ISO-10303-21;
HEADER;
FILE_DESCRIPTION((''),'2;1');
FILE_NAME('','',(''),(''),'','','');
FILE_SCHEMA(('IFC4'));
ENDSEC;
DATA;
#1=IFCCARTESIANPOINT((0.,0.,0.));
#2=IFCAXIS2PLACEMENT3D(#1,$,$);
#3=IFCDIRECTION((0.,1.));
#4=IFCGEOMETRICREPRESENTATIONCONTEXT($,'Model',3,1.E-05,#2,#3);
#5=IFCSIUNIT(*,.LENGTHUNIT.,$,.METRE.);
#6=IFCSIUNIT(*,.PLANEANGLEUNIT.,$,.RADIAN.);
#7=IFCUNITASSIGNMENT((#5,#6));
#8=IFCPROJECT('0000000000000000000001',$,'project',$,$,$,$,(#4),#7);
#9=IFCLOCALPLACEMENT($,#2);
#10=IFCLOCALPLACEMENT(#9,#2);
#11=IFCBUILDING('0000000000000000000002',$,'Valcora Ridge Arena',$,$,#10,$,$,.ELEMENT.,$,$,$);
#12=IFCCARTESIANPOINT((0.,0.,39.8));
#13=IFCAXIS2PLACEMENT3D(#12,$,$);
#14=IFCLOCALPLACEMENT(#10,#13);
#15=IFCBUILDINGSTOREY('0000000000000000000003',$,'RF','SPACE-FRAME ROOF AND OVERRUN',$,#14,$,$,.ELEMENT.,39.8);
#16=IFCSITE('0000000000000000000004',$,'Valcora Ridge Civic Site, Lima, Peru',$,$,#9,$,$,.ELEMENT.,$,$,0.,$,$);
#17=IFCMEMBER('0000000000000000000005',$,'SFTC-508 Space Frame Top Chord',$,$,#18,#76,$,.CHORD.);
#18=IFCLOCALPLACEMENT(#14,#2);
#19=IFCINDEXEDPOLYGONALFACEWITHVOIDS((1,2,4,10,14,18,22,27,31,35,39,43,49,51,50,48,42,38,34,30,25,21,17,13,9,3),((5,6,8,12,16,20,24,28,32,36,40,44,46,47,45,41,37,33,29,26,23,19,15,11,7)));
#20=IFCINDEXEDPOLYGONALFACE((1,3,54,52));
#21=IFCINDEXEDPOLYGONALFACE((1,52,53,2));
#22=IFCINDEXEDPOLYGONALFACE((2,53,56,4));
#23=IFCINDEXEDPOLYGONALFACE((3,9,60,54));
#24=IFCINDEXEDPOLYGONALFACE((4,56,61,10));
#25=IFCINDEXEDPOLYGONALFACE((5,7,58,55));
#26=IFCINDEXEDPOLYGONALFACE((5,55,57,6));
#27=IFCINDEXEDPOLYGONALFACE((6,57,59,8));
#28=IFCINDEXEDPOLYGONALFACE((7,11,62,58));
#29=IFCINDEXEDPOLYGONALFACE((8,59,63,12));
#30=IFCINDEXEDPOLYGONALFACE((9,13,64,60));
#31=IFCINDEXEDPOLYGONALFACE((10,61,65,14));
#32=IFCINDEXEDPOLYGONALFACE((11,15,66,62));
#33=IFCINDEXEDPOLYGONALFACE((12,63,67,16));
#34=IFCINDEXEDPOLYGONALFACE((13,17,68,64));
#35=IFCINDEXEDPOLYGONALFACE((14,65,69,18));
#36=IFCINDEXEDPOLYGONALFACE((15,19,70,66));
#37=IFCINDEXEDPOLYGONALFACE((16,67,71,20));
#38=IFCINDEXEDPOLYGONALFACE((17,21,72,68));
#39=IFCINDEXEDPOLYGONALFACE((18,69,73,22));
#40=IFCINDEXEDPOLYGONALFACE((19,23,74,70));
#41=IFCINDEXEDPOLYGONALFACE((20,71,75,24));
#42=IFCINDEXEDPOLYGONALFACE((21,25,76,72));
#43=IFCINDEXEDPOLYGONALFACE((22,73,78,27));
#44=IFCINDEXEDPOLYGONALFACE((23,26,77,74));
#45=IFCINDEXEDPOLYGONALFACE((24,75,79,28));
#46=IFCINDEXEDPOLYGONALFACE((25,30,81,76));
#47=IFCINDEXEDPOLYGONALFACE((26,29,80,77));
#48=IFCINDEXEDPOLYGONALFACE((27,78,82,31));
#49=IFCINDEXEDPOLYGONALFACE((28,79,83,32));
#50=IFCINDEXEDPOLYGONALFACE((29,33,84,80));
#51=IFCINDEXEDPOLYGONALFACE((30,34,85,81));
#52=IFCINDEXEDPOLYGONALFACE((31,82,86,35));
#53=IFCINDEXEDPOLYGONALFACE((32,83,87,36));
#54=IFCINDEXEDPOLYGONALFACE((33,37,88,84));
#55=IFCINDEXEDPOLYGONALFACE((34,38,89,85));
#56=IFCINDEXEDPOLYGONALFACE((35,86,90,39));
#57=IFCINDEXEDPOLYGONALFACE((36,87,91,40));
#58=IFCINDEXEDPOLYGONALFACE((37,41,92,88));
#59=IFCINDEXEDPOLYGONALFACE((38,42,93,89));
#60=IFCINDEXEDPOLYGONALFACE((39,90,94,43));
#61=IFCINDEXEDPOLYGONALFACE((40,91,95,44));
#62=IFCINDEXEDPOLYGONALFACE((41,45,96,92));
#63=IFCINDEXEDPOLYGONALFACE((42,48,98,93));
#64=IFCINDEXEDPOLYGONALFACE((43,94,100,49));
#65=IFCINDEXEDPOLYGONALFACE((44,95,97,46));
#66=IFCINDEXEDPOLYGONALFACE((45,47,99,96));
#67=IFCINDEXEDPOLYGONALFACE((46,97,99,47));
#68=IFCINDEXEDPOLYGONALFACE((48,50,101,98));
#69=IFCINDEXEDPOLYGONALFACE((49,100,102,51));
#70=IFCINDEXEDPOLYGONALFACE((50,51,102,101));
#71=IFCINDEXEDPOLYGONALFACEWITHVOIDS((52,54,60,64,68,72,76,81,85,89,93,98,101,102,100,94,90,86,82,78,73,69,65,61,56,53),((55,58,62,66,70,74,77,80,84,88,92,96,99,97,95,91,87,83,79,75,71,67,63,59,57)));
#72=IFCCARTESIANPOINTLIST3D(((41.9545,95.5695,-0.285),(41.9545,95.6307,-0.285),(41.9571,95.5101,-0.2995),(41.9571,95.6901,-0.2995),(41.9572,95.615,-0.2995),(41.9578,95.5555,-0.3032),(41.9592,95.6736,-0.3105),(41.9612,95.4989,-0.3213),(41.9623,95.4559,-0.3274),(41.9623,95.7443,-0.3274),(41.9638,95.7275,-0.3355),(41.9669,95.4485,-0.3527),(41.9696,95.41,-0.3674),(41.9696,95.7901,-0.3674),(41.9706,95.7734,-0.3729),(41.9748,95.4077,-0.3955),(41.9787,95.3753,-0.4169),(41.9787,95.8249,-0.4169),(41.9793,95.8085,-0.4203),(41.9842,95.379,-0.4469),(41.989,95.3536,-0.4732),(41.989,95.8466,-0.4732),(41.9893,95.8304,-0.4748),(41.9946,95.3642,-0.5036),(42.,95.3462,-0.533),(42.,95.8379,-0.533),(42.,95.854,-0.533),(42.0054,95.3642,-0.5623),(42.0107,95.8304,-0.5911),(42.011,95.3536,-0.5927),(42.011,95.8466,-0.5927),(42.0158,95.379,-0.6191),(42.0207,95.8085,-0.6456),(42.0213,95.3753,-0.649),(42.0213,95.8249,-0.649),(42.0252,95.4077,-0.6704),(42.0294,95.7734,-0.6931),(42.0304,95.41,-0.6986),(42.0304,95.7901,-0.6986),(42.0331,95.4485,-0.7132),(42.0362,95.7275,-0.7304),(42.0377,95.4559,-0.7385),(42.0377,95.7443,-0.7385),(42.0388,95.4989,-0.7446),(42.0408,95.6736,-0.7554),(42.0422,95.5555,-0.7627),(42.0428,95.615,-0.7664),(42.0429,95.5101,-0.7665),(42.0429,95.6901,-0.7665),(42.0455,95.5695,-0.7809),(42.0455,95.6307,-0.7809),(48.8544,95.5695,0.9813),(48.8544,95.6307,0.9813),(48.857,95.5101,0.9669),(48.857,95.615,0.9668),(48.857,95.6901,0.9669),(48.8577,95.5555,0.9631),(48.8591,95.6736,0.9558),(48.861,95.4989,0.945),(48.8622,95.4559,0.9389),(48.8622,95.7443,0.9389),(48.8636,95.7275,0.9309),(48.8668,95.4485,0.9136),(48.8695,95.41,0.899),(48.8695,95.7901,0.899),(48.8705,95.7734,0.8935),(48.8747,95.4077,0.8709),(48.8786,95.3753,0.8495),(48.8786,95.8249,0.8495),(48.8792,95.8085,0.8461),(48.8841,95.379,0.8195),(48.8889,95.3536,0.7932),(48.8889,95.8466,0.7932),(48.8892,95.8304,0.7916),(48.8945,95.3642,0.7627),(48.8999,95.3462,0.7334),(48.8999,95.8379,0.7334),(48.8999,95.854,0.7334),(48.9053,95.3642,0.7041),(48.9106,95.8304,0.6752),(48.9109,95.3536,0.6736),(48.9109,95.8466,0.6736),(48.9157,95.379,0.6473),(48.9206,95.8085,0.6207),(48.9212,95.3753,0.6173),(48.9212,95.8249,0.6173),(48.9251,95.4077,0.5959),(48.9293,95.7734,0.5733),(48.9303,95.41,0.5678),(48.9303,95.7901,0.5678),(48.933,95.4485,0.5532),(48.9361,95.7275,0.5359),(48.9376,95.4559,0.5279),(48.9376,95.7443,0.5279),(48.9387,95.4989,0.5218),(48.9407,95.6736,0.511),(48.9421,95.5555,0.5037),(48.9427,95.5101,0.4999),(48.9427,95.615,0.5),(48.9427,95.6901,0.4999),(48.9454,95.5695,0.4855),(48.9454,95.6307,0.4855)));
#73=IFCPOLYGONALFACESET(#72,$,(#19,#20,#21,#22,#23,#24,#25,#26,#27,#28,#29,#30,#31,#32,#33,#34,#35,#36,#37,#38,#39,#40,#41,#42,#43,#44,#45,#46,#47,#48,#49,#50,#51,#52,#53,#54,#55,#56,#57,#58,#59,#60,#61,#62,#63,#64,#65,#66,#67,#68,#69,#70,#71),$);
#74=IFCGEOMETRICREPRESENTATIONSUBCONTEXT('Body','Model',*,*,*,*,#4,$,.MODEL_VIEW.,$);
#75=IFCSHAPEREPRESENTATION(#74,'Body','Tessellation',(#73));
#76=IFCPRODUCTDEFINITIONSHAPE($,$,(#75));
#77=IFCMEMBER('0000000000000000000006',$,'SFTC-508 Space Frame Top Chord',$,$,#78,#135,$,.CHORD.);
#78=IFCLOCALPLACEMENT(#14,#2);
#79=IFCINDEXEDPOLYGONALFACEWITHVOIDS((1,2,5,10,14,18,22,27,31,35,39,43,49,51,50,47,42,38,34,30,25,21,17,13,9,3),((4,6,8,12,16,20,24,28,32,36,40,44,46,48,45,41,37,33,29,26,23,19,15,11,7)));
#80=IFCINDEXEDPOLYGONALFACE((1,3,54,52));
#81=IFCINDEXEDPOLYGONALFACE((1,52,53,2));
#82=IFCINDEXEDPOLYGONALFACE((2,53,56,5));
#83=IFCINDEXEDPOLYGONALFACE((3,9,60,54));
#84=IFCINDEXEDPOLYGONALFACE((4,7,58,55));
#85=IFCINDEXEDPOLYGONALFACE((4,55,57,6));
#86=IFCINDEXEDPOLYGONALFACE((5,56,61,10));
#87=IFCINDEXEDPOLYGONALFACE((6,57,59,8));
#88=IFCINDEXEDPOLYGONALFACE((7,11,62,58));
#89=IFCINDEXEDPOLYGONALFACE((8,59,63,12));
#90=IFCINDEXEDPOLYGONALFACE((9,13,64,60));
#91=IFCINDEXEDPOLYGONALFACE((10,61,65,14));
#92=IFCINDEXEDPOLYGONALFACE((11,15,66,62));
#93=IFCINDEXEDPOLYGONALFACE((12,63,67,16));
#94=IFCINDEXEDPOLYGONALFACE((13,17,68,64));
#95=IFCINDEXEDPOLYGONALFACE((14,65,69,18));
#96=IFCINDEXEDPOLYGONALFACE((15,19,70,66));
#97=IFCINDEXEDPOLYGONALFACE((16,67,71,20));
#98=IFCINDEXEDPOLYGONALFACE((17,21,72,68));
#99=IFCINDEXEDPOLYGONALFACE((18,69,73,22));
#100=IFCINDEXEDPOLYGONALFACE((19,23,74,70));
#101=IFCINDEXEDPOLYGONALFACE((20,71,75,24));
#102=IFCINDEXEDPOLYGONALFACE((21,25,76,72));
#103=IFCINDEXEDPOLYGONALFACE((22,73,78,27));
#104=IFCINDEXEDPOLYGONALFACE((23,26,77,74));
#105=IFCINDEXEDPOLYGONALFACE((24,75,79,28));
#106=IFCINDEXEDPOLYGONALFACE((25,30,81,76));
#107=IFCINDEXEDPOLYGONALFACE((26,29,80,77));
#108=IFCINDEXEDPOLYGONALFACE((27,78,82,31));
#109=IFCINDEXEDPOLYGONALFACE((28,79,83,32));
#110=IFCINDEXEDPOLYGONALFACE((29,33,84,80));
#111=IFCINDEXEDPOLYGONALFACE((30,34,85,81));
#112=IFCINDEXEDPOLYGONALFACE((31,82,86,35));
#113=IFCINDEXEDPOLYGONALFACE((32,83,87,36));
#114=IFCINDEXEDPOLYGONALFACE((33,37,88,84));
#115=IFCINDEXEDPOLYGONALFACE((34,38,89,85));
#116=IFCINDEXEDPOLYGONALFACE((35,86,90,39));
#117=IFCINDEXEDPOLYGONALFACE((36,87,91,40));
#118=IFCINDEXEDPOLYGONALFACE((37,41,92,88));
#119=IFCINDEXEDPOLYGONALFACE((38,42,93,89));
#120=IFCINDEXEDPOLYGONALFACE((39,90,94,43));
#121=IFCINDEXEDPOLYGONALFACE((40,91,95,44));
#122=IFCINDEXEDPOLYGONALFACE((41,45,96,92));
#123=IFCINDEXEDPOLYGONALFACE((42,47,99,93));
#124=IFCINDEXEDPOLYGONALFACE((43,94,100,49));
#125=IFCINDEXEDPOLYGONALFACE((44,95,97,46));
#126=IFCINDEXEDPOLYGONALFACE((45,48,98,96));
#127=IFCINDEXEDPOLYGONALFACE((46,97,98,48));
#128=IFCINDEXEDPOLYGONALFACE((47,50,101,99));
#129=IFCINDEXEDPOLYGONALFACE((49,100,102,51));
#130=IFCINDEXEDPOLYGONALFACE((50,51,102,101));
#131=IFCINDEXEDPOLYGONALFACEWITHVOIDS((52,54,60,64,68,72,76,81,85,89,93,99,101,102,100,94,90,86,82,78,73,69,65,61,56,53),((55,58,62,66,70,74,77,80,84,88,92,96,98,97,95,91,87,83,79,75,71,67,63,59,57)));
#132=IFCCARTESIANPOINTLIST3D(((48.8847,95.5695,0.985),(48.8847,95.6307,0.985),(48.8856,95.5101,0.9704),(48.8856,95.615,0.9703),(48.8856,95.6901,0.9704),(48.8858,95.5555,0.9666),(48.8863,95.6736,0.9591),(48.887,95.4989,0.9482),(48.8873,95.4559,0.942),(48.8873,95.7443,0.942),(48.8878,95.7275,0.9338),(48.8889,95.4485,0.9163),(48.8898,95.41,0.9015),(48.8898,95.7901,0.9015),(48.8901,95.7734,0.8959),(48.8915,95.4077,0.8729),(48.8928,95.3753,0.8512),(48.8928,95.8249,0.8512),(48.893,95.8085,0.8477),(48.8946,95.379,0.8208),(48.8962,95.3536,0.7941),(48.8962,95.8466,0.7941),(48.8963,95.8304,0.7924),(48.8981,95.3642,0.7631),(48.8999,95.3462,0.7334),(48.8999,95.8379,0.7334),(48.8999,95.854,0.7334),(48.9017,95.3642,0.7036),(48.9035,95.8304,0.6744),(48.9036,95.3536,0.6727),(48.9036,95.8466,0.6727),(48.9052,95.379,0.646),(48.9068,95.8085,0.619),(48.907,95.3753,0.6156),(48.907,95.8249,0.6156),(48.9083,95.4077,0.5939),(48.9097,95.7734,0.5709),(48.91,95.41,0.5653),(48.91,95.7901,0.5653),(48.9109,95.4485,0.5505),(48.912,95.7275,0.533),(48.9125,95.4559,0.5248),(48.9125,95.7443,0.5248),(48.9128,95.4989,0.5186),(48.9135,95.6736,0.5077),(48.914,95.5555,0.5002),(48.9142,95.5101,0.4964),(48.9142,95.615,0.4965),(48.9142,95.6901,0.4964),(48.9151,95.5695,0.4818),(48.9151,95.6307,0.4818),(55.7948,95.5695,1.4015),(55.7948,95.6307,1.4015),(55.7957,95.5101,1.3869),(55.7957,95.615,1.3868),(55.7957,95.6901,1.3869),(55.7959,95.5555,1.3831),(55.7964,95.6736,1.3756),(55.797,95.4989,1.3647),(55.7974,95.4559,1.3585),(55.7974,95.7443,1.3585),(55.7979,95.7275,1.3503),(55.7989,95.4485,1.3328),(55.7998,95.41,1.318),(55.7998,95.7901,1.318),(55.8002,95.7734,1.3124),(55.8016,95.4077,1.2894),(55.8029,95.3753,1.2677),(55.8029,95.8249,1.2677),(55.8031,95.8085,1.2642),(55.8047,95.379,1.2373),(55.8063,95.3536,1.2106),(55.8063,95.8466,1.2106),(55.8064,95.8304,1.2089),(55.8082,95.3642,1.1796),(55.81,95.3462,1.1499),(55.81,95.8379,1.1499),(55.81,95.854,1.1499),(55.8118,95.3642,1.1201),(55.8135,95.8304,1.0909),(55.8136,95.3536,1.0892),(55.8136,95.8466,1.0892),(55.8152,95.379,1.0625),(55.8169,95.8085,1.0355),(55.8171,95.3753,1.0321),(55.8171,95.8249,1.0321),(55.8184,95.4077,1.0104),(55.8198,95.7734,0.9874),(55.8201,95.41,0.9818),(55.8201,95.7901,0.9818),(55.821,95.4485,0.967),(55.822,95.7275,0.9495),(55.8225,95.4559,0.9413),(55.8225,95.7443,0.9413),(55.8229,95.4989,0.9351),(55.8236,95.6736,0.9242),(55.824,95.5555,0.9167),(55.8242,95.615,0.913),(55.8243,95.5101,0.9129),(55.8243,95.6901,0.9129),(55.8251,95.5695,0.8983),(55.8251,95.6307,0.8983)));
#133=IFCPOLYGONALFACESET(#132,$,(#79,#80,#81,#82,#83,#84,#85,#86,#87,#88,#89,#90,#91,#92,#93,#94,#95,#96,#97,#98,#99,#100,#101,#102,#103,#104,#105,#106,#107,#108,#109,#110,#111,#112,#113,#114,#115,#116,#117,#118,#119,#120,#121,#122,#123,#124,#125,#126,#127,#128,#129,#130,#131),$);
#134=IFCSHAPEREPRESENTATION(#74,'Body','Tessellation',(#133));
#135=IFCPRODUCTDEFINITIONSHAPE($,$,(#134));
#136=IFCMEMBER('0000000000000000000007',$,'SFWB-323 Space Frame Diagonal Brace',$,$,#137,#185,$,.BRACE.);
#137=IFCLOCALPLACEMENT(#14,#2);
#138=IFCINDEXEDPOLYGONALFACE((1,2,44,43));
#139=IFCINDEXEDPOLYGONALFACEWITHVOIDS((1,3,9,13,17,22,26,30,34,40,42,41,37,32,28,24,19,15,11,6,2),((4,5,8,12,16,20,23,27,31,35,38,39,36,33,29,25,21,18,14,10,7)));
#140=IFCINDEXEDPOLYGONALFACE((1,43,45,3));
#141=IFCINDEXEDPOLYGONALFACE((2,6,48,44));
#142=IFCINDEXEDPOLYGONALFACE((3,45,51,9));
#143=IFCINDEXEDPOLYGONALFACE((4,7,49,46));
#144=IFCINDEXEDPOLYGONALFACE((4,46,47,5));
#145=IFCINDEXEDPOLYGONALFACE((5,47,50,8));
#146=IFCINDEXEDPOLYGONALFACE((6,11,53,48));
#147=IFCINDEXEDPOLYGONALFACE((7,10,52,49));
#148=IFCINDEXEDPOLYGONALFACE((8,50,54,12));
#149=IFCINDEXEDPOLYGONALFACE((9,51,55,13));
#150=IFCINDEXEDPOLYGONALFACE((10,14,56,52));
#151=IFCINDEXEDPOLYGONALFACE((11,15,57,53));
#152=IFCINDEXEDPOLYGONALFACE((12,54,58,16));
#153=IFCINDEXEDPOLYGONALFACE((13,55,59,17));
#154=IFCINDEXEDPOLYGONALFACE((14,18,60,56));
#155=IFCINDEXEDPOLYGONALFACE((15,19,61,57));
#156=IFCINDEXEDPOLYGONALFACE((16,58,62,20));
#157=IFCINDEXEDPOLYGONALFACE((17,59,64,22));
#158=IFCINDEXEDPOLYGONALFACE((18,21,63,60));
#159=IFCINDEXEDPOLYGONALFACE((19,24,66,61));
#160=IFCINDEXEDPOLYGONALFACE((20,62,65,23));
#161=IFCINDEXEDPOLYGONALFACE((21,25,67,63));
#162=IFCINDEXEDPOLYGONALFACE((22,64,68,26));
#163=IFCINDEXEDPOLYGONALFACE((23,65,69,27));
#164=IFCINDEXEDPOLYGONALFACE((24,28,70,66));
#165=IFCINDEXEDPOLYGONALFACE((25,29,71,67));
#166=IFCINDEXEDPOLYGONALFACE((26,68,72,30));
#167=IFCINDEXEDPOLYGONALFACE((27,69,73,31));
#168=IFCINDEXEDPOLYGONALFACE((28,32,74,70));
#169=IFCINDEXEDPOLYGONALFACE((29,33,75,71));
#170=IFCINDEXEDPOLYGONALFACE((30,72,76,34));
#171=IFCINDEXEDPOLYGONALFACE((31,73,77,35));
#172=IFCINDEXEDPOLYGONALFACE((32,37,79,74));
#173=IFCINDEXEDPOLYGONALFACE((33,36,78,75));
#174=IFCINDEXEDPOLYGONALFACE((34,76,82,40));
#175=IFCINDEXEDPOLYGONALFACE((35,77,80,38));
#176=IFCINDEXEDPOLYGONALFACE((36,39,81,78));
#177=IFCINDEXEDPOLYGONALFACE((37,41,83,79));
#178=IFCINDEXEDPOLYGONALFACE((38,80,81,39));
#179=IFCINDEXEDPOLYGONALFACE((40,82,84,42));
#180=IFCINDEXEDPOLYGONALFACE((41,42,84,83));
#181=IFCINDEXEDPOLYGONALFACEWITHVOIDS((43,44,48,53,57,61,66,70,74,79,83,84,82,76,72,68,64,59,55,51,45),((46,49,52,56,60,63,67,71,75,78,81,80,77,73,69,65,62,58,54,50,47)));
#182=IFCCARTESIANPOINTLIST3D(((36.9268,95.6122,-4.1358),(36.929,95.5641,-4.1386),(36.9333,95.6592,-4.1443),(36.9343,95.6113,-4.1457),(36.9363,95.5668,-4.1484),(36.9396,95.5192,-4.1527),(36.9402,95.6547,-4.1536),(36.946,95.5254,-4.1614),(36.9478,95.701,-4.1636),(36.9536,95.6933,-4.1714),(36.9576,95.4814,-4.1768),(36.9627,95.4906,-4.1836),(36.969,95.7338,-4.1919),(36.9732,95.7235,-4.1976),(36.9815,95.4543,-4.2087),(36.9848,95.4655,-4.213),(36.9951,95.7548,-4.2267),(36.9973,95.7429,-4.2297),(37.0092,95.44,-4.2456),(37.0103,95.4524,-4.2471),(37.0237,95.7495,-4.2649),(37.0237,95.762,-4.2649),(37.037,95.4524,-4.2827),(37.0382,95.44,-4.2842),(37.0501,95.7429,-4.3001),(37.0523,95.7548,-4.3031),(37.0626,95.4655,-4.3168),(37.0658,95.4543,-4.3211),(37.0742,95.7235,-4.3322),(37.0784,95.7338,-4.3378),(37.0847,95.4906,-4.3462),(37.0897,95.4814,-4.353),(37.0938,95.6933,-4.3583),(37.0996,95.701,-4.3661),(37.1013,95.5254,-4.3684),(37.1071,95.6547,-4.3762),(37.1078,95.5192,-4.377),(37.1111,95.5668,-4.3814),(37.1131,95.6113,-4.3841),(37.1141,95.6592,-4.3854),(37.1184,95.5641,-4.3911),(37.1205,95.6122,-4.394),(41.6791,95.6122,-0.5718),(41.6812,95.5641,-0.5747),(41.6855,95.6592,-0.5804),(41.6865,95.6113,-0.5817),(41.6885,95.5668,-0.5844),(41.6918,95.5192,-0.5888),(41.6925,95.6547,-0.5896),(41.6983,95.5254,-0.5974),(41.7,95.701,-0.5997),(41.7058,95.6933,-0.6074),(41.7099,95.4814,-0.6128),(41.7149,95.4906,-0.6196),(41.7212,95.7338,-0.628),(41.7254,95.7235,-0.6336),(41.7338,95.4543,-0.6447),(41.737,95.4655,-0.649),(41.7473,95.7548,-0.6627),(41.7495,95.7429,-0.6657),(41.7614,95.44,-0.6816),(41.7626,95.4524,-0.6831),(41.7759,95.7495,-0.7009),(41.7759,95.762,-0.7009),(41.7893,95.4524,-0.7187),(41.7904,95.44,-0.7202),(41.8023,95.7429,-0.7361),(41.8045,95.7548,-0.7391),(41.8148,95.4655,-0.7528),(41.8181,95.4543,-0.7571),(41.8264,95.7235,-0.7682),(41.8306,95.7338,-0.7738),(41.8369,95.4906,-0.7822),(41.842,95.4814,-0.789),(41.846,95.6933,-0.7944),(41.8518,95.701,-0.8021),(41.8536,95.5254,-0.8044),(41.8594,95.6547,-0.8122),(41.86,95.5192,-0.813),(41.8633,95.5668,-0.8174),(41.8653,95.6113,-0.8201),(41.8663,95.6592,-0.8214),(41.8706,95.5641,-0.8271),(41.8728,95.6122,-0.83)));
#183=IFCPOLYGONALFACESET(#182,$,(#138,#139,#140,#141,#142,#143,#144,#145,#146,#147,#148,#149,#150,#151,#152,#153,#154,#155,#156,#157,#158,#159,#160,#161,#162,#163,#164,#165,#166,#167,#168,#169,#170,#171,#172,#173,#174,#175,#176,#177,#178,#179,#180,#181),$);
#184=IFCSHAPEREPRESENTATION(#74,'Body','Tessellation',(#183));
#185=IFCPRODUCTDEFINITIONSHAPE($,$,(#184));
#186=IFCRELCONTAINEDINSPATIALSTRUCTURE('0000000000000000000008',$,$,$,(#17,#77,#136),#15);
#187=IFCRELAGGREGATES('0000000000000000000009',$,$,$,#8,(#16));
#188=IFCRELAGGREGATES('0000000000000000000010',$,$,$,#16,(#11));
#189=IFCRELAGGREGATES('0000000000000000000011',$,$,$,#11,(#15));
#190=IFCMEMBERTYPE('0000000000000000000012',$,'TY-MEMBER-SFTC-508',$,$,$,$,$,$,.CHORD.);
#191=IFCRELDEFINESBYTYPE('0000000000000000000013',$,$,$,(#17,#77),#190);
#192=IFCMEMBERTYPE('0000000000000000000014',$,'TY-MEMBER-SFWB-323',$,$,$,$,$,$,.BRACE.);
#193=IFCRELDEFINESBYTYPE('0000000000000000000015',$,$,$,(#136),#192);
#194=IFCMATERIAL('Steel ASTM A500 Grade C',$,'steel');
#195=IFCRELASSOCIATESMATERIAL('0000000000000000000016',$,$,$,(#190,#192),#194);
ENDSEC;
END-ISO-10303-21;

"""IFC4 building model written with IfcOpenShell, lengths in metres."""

from ifc_helpers import new_model, si_unit, direction, frame, origin, origin_2d, place, context, subcontext, project, spatial, hollow_circle, extrude, material, material_profile, profile_set, type_object, element, save


model = new_model("IFC4")

# Units and contexts
model_context = context("Model", 3, precision=1e-05, world=origin(), true_north=direction((0.0, 1.0)))
body_context = subcontext(model_context, "Body", "Model", "MODEL_VIEW")
ifc_project = project(units=[si_unit("LENGTHUNIT", "METRE"), si_unit("PLANEANGLEUNIT", "RADIAN")], contexts=[model_context])

# Site, building, storey
site_placement = place(None, origin())
site = spatial("IfcSite", under=ifc_project, at=site_placement, Name="Valcora Ridge Civic Site, Lima, Peru", CompositionType="ELEMENT", RefElevation=0.0)
building_placement = place(site_placement, origin())
building = spatial("IfcBuilding", under=site, at=building_placement, Name="Valcora Ridge Arena", CompositionType="ELEMENT")
storey_placement = place(building_placement, frame((0.0, 0.0, 39.8)))
storey = spatial("IfcBuildingStorey", under=building, at=storey_placement, Name="RF", Description="SPACE-FRAME ROOF AND OVERRUN", CompositionType="ELEMENT", Elevation=39.8)

# Members
ifc_material_1 = material(Name="Steel ASTM A500 Grade C", Category="steel")
ifc_material_profile_1 = material_profile(ifc_material_1, hollow_circle(Radius=0.2539, WallThickness=0.0161, at=origin_2d()), Name="CHS508X16")
ifc_profile_set_1 = profile_set([ifc_material_profile_1], Name="Steel ASTM A500 Grade C")
member_type_1 = type_object("IfcMemberType", Name="TY-MEMBER-SFTC-508", PredefinedType="CHORD", material=ifc_profile_set_1)
member_1_placement = place(storey_placement, frame((42.0, 95.6001, -0.533), z_axis=(0.983572, 0.0, 0.180518), x_axis=(0.0, 1.0, 0.0)))
element("IfcMember", 1, at=member_1_placement, inside=storey, type_object=member_type_1, Name="SFTC-508 Space Frame Top Chord", PredefinedType="CHORD", context=body_context, shape_type="SweptSolid", body=[
    extrude(hollow_circle(Radius=0.2539, WallThickness=0.0161, at=origin_2d()), origin(), (0.0, 0.0, 1.0), 7.0151),
])
member_2_placement = place(storey_placement, frame((48.8999, 95.6001, 0.7334), z_axis=(0.998188, 0.0, 0.060165), x_axis=(0.0, 1.0, 0.0)))
element("IfcMember", 2, at=member_2_placement, inside=storey, type_object=member_type_1, Name="SFTC-508 Space Frame Top Chord", PredefinedType="CHORD", context=body_context, shape_type="SweptSolid", body=[
    extrude(hollow_circle(Radius=0.2539, WallThickness=0.0161, at=origin_2d()), origin(), (0.0, 0.0, 1.0), 6.9226),
])
ifc_material_profile_2 = material_profile(ifc_material_1, hollow_circle(Radius=0.1619, WallThickness=0.0125, at=origin_2d()), Name="CHS323X12")
ifc_profile_set_2 = profile_set([ifc_material_profile_2], Name="Steel ASTM A500 Grade C")
member_type_2 = type_object("IfcMemberType", Name="TY-MEMBER-SFWB-323", PredefinedType="BRACE", material=ifc_profile_set_2)
member_3_placement = place(storey_placement, frame((37.0237, 95.6001, -4.2649), z_axis=(0.800015, 0.0, 0.59998), x_axis=(0.0, 1.0, 0.0)))
element("IfcMember", 3, at=member_3_placement, inside=storey, type_object=member_type_2, Name="SFWB-323 Space Frame Diagonal Brace", PredefinedType="BRACE", context=body_context, shape_type="SweptSolid", body=[
    extrude(hollow_circle(Radius=0.1619, WallThickness=0.0125, at=origin_2d()), origin(), (0.0, 0.0, 1.0), 5.9402),
])

save(model, "model.ifc")
